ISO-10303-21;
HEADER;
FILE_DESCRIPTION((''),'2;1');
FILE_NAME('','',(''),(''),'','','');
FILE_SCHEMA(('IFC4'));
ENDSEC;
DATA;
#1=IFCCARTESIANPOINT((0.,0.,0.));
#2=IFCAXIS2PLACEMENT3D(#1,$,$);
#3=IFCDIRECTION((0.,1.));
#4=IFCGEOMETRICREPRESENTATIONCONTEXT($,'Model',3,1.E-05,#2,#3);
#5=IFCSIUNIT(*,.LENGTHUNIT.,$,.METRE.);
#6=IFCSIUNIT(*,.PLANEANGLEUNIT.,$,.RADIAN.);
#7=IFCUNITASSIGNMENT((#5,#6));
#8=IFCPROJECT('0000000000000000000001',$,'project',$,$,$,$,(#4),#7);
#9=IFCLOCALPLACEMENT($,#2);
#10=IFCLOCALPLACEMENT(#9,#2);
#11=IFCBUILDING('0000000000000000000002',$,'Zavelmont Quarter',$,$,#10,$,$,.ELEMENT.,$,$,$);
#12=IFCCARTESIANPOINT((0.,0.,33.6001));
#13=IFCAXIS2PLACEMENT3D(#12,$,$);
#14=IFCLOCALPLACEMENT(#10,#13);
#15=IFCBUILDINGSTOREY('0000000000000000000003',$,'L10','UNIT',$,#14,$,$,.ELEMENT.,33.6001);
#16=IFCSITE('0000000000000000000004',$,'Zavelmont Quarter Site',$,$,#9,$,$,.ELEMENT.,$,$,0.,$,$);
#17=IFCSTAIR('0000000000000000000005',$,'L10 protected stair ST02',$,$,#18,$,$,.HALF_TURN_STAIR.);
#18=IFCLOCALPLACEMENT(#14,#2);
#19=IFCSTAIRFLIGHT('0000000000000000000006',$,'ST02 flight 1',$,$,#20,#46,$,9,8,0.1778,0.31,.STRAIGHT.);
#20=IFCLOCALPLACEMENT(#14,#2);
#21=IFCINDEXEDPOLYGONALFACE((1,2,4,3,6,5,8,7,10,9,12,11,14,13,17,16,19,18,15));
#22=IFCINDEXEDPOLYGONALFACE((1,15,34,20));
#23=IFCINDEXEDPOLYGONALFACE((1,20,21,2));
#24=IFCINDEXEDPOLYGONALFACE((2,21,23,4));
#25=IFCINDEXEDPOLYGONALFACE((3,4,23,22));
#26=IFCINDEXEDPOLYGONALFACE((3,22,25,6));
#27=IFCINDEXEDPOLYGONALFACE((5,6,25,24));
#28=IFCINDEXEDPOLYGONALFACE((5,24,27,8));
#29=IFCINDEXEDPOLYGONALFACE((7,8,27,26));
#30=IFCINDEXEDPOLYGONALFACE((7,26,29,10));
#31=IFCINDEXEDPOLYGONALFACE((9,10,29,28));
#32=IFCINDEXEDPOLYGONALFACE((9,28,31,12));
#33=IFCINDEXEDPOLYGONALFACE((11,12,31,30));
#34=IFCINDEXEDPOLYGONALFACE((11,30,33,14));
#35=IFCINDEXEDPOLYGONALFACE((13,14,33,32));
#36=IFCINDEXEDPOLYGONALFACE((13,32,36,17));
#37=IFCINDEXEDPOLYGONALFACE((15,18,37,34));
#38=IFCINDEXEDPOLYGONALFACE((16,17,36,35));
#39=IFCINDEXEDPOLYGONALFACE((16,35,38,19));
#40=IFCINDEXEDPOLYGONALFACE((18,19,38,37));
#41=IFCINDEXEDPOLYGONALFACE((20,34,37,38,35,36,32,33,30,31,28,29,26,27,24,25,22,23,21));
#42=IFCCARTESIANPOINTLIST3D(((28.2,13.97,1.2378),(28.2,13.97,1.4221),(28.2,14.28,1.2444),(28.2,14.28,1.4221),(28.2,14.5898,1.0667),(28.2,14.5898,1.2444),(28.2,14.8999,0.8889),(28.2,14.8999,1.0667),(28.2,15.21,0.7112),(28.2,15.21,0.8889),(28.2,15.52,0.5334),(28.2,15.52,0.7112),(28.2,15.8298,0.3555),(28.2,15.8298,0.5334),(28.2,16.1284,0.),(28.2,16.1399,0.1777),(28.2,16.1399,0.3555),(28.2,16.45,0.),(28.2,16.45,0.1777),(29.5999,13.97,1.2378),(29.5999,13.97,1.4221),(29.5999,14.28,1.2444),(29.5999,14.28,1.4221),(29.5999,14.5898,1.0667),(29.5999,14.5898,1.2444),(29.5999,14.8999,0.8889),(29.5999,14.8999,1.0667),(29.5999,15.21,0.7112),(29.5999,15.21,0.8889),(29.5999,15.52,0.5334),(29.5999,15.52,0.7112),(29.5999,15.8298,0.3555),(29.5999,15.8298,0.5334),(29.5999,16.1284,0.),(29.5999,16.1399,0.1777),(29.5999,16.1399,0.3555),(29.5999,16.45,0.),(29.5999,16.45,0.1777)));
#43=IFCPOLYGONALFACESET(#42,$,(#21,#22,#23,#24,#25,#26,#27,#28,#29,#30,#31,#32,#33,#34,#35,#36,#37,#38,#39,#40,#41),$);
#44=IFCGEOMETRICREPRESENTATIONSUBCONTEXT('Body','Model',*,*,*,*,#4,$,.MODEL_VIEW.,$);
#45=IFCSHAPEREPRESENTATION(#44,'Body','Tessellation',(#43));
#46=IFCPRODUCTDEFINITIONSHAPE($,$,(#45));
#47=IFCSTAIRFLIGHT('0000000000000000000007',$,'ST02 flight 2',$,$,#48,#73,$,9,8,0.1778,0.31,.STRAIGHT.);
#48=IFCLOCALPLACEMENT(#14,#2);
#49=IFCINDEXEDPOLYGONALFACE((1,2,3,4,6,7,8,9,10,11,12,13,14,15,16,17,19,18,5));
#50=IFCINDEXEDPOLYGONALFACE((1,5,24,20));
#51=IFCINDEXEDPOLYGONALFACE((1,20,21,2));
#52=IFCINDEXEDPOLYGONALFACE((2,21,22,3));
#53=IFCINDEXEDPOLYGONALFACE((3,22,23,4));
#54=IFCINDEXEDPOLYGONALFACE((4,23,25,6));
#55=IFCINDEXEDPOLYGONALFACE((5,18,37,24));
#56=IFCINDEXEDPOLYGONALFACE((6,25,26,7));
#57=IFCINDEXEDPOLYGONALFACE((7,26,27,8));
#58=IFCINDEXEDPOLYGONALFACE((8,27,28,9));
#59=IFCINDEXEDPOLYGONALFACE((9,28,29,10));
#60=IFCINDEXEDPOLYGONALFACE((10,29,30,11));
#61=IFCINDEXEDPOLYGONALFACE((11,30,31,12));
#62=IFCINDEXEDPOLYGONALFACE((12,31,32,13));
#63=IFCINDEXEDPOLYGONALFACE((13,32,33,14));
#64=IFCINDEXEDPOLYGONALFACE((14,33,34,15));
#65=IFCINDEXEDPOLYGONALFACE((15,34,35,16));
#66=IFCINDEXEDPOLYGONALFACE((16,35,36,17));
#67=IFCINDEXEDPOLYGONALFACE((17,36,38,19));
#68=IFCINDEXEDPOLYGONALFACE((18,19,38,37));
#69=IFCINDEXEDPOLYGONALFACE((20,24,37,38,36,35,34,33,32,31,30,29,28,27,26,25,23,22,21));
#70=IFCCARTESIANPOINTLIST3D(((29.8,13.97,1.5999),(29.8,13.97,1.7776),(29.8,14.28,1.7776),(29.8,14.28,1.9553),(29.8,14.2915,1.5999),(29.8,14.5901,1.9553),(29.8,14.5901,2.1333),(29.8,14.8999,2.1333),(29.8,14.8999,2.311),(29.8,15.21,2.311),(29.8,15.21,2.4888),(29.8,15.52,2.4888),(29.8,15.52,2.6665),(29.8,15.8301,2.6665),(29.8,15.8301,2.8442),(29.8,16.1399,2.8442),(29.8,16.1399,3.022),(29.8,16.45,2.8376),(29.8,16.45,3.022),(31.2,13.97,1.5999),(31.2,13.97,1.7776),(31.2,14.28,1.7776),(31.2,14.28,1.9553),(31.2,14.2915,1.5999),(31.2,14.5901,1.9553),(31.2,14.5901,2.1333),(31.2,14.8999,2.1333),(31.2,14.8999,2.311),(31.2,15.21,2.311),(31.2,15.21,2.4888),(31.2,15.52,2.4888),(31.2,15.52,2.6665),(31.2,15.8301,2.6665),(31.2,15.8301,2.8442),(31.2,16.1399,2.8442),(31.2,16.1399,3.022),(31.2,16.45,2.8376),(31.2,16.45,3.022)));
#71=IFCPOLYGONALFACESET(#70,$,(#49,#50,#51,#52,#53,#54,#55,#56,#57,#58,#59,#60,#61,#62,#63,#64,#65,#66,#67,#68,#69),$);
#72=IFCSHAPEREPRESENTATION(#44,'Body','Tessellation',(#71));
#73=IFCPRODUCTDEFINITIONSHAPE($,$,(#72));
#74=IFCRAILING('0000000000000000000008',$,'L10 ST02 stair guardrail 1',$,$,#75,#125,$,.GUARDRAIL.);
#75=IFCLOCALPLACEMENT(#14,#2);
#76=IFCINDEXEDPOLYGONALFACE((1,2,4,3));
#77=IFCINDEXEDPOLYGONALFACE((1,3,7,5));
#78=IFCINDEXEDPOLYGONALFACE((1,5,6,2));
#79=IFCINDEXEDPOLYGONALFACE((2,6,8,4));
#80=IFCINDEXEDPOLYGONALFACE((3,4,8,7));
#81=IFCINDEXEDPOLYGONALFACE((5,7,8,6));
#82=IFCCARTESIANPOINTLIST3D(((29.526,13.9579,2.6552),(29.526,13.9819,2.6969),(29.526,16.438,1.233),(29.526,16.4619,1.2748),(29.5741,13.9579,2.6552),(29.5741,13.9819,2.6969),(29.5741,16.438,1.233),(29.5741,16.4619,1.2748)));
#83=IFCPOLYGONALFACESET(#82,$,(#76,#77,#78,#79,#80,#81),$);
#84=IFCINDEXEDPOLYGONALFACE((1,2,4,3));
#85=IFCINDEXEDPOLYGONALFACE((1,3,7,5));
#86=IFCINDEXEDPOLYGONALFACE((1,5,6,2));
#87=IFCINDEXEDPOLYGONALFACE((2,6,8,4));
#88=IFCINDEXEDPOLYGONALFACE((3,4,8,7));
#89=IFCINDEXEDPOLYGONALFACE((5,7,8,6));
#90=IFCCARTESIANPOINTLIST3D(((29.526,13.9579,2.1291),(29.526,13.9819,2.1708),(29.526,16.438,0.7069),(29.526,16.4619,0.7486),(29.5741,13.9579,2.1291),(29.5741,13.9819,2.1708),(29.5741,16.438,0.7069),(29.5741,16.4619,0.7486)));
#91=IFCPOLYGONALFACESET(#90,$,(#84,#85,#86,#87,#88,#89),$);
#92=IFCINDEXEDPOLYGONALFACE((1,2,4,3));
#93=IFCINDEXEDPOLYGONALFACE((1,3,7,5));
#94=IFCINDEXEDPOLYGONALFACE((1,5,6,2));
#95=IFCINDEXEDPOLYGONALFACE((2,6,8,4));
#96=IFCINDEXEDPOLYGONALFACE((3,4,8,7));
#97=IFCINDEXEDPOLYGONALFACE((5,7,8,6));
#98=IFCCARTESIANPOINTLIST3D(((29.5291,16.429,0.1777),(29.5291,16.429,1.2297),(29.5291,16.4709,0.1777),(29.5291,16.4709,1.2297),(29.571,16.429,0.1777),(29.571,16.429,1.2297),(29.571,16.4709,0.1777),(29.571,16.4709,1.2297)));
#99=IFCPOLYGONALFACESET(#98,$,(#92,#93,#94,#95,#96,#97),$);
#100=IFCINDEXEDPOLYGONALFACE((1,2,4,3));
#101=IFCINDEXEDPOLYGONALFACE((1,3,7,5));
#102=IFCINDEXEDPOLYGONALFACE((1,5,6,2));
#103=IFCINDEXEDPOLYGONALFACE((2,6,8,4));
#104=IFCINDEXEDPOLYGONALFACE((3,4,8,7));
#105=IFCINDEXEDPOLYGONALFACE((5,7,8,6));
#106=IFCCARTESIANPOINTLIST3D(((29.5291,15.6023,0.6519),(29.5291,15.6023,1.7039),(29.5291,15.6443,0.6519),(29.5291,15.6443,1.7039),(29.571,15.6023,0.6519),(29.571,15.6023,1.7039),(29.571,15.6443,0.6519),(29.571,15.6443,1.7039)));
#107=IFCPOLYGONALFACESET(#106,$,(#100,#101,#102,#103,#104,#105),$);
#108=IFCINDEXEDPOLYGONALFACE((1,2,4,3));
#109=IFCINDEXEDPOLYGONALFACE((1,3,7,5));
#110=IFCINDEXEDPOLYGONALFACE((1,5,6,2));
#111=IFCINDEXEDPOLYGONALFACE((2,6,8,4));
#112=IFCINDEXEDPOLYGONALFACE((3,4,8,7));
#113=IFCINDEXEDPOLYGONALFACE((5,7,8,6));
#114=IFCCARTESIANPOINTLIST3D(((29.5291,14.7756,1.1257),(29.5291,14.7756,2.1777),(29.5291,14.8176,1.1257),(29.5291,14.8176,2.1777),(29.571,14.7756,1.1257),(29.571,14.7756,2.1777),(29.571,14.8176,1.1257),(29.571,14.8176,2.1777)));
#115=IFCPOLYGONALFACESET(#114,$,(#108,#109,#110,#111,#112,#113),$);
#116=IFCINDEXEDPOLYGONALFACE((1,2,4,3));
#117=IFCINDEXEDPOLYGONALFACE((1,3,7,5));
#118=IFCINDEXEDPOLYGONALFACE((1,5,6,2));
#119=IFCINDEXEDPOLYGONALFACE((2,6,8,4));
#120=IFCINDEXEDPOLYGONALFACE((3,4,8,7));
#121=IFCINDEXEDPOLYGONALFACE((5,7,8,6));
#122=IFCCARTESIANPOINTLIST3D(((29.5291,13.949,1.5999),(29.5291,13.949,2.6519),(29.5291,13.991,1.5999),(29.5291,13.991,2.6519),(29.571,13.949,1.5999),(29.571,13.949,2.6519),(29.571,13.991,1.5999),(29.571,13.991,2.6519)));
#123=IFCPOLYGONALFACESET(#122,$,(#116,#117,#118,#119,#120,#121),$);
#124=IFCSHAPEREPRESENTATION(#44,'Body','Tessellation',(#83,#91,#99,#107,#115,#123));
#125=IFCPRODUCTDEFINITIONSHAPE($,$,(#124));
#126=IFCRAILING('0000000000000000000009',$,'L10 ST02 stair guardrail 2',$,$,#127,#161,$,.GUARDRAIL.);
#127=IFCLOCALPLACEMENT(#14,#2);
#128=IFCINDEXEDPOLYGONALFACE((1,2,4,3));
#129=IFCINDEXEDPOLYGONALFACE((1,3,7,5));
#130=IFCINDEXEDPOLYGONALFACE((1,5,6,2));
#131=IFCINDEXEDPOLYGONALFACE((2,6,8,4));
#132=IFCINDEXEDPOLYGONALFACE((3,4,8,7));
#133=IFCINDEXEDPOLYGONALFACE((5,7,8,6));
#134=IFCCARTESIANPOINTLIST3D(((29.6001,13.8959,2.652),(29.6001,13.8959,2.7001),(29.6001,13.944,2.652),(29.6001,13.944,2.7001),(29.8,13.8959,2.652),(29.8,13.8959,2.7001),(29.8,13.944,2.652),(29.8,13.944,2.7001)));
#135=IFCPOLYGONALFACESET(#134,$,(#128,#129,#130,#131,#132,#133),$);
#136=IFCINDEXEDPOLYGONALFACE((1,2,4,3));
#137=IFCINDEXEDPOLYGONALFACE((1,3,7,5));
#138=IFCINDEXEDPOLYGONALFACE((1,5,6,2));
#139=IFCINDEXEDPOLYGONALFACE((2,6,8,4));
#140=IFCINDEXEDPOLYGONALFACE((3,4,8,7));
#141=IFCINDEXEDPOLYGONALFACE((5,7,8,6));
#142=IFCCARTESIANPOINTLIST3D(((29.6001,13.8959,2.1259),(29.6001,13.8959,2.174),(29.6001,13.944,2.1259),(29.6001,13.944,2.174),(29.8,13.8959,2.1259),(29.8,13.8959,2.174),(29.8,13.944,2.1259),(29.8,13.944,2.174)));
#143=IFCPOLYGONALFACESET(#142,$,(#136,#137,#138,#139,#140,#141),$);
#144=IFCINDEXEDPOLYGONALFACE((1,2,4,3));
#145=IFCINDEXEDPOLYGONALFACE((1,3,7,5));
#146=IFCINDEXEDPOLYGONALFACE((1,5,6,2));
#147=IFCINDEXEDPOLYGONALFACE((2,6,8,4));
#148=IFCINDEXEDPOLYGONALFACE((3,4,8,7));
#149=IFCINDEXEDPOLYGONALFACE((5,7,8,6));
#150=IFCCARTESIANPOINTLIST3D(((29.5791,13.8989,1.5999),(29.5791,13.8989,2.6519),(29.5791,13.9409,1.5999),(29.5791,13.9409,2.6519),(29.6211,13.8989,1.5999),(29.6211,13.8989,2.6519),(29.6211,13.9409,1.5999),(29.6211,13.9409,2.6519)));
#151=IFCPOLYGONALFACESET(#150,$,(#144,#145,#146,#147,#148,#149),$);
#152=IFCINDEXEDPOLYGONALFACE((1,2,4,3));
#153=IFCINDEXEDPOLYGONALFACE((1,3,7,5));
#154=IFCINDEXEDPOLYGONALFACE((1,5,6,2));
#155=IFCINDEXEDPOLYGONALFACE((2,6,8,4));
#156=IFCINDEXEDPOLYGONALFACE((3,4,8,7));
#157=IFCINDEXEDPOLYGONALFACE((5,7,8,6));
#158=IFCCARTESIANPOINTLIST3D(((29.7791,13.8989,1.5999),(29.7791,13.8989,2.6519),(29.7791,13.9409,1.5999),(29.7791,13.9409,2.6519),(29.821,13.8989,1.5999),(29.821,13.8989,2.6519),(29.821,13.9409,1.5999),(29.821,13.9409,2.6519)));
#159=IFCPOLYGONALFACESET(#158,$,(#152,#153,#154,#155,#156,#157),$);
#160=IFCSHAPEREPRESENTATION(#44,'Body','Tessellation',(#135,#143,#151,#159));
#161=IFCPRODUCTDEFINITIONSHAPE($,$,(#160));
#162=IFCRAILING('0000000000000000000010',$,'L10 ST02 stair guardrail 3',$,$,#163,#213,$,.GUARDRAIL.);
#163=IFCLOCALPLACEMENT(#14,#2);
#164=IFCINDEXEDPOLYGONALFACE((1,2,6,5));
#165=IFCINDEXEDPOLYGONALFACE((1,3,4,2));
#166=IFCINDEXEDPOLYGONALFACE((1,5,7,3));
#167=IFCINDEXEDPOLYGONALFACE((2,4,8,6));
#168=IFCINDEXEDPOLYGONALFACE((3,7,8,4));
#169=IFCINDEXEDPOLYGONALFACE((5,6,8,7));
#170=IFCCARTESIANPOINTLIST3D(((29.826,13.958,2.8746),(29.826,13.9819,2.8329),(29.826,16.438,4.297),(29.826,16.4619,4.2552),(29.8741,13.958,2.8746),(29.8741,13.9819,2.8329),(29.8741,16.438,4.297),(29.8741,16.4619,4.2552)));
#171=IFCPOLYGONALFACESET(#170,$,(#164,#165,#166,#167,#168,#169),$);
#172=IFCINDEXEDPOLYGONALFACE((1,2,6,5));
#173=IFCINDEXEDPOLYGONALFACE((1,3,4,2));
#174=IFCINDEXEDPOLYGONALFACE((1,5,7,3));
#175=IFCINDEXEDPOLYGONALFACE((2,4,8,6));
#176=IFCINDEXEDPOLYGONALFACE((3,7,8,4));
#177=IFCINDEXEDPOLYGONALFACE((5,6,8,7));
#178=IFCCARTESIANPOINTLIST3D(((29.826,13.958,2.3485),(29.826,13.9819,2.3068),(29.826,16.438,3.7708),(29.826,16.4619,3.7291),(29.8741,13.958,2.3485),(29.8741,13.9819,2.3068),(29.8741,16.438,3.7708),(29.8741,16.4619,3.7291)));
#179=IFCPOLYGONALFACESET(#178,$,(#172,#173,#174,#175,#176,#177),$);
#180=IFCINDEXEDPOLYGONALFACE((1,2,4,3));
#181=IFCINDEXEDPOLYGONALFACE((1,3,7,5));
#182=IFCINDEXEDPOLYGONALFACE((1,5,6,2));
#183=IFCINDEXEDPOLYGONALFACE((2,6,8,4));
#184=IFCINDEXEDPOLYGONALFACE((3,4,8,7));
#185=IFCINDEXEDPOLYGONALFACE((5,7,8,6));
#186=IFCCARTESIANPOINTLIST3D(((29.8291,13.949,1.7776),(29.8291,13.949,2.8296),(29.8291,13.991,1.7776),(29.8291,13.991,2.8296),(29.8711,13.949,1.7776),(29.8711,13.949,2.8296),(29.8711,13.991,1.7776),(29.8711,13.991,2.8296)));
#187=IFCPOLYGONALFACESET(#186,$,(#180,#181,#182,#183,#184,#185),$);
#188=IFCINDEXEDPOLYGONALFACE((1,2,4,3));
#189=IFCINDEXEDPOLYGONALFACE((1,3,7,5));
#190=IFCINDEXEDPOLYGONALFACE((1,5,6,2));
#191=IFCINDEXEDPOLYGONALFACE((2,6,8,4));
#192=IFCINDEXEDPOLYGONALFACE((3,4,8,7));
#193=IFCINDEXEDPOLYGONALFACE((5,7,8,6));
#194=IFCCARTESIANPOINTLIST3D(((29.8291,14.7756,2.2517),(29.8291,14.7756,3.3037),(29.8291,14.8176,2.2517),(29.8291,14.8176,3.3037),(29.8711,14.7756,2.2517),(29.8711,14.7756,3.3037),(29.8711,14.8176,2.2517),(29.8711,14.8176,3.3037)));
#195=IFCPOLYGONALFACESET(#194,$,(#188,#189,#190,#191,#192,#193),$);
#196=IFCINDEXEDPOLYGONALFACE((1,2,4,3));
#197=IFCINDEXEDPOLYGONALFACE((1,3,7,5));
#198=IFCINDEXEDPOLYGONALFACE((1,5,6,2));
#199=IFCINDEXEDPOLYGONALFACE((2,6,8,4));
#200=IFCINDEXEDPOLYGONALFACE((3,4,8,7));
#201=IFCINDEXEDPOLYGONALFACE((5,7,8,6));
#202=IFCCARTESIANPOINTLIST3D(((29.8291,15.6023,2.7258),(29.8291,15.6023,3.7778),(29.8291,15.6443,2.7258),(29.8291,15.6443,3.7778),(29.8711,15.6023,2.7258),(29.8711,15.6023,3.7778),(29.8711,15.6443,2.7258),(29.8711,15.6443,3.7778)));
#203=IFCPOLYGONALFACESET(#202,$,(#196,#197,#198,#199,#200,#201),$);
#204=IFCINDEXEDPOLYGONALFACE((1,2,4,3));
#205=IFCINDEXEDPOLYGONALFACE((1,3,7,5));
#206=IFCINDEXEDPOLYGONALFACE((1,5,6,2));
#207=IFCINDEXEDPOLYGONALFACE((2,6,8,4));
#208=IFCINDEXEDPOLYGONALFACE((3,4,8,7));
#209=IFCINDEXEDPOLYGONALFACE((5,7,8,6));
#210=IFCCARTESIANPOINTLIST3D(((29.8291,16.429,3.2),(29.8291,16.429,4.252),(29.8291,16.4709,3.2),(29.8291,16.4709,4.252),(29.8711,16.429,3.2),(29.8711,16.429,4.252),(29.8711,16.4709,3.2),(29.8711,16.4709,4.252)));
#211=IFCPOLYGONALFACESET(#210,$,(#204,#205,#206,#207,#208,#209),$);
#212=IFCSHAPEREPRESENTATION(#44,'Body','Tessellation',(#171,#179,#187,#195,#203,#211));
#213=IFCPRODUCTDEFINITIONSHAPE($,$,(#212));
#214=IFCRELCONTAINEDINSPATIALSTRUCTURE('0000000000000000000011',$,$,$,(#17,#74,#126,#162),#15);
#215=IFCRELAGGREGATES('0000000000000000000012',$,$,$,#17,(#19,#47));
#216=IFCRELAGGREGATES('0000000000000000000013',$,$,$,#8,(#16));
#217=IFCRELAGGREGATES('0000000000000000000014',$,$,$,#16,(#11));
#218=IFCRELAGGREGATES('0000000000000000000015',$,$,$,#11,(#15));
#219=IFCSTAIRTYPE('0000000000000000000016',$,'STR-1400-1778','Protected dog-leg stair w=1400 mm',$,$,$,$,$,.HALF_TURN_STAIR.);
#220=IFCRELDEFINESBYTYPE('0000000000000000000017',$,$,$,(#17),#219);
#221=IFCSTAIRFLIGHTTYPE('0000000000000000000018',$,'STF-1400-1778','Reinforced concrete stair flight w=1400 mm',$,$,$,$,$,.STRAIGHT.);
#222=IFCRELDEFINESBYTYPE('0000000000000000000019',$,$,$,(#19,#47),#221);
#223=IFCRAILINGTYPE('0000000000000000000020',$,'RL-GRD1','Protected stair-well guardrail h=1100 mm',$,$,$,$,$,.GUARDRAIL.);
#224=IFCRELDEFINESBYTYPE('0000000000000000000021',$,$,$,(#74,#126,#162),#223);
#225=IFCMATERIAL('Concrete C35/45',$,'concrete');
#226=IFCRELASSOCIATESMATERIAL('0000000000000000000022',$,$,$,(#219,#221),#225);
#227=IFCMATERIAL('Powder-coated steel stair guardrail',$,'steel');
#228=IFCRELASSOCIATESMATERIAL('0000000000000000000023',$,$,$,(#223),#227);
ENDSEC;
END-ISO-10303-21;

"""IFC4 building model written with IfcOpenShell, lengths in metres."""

from ifc_helpers import new_model, si_unit, direction, frame, origin, origin_2d, place, context, subcontext, project, spatial, polyline, rectangle, outline, extrude, material, type_object, element, aggregate, save


model = new_model("IFC4")

# Units and contexts
model_context = context("Model", 3, precision=1e-05, world=origin(), true_north=direction((0.0, 1.0)))
body_context = subcontext(model_context, "Body", "Model", "MODEL_VIEW")
ifc_project = project(units=[si_unit("LENGTHUNIT", "METRE"), si_unit("PLANEANGLEUNIT", "RADIAN")], contexts=[model_context])

# Site, building, storey
site_placement = place(None, origin())
site = spatial("IfcSite", under=ifc_project, at=site_placement, Name="Zavelmont Quarter Site", CompositionType="ELEMENT", RefElevation=0.0)
building_placement = place(site_placement, origin())
building = spatial("IfcBuilding", under=site, at=building_placement, Name="Zavelmont Quarter", CompositionType="ELEMENT")
storey_placement = place(building_placement, frame((0.0, 0.0, 33.6001)))
storey = spatial("IfcBuildingStorey", under=building, at=storey_placement, Name="L10", Description="UNIT", CompositionType="ELEMENT", Elevation=33.6001)

# Stair, stair flights
ifc_material_1 = material(Name="Concrete C35/45", Category="concrete")
stair_type = type_object("IfcStairType", Name="STR-1400-1778", Description="Protected dog-leg stair w=1400 mm", PredefinedType="HALF_TURN_STAIR", material=ifc_material_1)
stair_placement = place(storey_placement, origin())
stair = element("IfcStair", 1, at=stair_placement, inside=storey, type_object=stair_type, Name="L10 protected stair ST02", PredefinedType="HALF_TURN_STAIR")
stair_flight_type = type_object("IfcStairFlightType", Name="STF-1400-1778", Description="Reinforced concrete stair flight w=1400 mm", PredefinedType="STRAIGHT", material=ifc_material_1)
stair_flight_1_placement = place(storey_placement, frame((28.8999, 16.45, 0.0), z_axis=(0.0, 0.0, 1.0), x_axis=(0.0, -1.0, 0.0)))
stair_flight_1 = element("IfcStairFlight", 2, at=stair_flight_1_placement, type_object=stair_flight_type, Name="ST02 flight 1", NumberOfRisers=9, NumberOfTreads=8, PredefinedType="STRAIGHT", RiserHeight=0.1778, TreadLength=0.31, context=body_context, shape_type="SweptSolid", body=[
    extrude(outline(polyline([(0.0, 0.0), (0.0, 0.1777), (0.3101, 0.1777), (0.3101, 0.3555), (0.6201, 0.3555), (0.6201, 0.5334), (0.9299, 0.5334), (0.9299, 0.7112), (1.24, 0.7112), (1.24, 0.8889), (1.55, 0.8889), (1.55, 1.0667), (1.8601, 1.0667), (1.8601, 1.2444), (2.1699, 1.2444), (2.1699, 1.4221), (2.48, 1.4221), (2.48, 1.6001), (2.48, 1.2378), (0.3215, 0.0), (0.0, 0.0)])), frame((0.0, 0.7, 0.0), z_axis=(0.0, -1.0, 0.0), x_axis=(1.0, 0.0, 0.0)), (0.0, 0.0, 1.0), 1.3999),
])
stair_flight_2_placement = place(storey_placement, frame((30.5, 13.97, 1.5999), z_axis=(0.0, 0.0, 1.0), x_axis=(0.0, 1.0, 0.0)))
stair_flight_2 = element("IfcStairFlight", 3, at=stair_flight_2_placement, type_object=stair_flight_type, Name="ST02 flight 2", NumberOfRisers=9, NumberOfTreads=8, PredefinedType="STRAIGHT", RiserHeight=0.1778, TreadLength=0.31, context=body_context, shape_type="SweptSolid", body=[
    extrude(outline(polyline([(0.0, 0.0), (0.0, 0.1777), (0.3101, 0.1777), (0.3101, 0.3555), (0.6201, 0.3555), (0.6201, 0.5334), (0.9299, 0.5334), (0.9299, 0.7112), (1.24, 0.7112), (1.24, 0.8889), (1.55, 0.8889), (1.55, 1.0667), (1.8601, 1.0667), (1.8601, 1.2444), (2.1699, 1.2444), (2.1699, 1.4221), (2.48, 1.4221), (2.48, 1.6001), (2.48, 1.2378), (0.3215, 0.0), (0.0, 0.0)])), frame((0.0, 0.7, 0.0), z_axis=(0.0, -1.0, 0.0), x_axis=(1.0, 0.0, 0.0)), (0.0, 0.0, 1.0), 1.3999),
])
aggregate(stair, [stair_flight_1, stair_flight_2])

# Railings
ifc_material_2 = material(Name="Powder-coated steel stair guardrail", Category="steel")
railing_type_1 = type_object("IfcRailingType", Name="RL-GRD1", Description="Protected stair-well guardrail h=1100 mm", PredefinedType="GUARDRAIL", material=ifc_material_2)
railing_1_placement = place(storey_placement, frame((29.55, 16.45, 0.1777)))
element("IfcRailing", 4, at=railing_1_placement, inside=storey, type_object=railing_type_1, Name="L10 ST02 stair guardrail 1", PredefinedType="GUARDRAIL", context=body_context, shape_type="SweptSolid", body=[
    extrude(rectangle(XDim=0.0481, YDim=0.0481, at=origin_2d()), frame((0.0, 0.0, 1.0762), z_axis=(0.0, -0.867491, 0.497454), x_axis=(1.0, 0.0, 0.0)), (0.0, 0.0, 1.0), 2.8589),
    extrude(rectangle(XDim=0.0481, YDim=0.0481, at=origin_2d()), frame((0.0, 0.0, 0.55), z_axis=(0.0, -0.867491, 0.497454), x_axis=(1.0, 0.0, 0.0)), (0.0, 0.0, 1.0), 2.8589),
    extrude(rectangle(XDim=0.042, YDim=0.042, at=origin_2d()), origin(), (0.0, 0.0, 1.0), 1.052),
    extrude(rectangle(XDim=0.042, YDim=0.042, at=origin_2d()), frame((0.0, -0.8267, 0.4741)), (0.0, 0.0, 1.0), 1.052),
    extrude(rectangle(XDim=0.042, YDim=0.042, at=origin_2d()), frame((0.0, -1.6533, 0.948)), (0.0, 0.0, 1.0), 1.052),
    extrude(rectangle(XDim=0.042, YDim=0.042, at=origin_2d()), frame((0.0, -2.48, 1.4221)), (0.0, 0.0, 1.0), 1.052),
])
railing_2_placement = place(storey_placement, frame((29.6001, 13.9199, 1.5999)))
element("IfcRailing", 5, at=railing_2_placement, inside=storey, type_object=railing_type_1, Name="L10 ST02 stair guardrail 2", PredefinedType="GUARDRAIL", context=body_context, shape_type="SweptSolid", body=[
    extrude(rectangle(XDim=0.0481, YDim=0.0481, at=origin_2d()), frame((0.0, 0.0, 1.0762), z_axis=(1.0, 0.0, 0.0), x_axis=(0.0, 1.0, 0.0)), (0.0, 0.0, 1.0), 0.2),
    extrude(rectangle(XDim=0.0481, YDim=0.0481, at=origin_2d()), frame((0.0, 0.0, 0.55), z_axis=(1.0, 0.0, 0.0), x_axis=(0.0, 1.0, 0.0)), (0.0, 0.0, 1.0), 0.2),
    extrude(rectangle(XDim=0.042, YDim=0.042, at=origin_2d()), origin(), (0.0, 0.0, 1.0), 1.052),
    extrude(rectangle(XDim=0.042, YDim=0.042, at=origin_2d()), frame((0.2, 0.0, 0.0)), (0.0, 0.0, 1.0), 1.052),
])
railing_3_placement = place(storey_placement, frame((29.8501, 13.97, 1.7776)))
element("IfcRailing", 6, at=railing_3_placement, inside=storey, type_object=railing_type_1, Name="L10 ST02 stair guardrail 3", PredefinedType="GUARDRAIL", context=body_context, shape_type="SweptSolid", body=[
    extrude(rectangle(XDim=0.0481, YDim=0.0481, at=origin_2d()), frame((0.0, 0.0, 1.0762), z_axis=(0.0, 0.867454, 0.497518), x_axis=(-1.0, 0.0, 0.0)), (0.0, 0.0, 1.0), 2.8589),
    extrude(rectangle(XDim=0.0481, YDim=0.0481, at=origin_2d()), frame((0.0, 0.0, 0.55), z_axis=(0.0, 0.867454, 0.497518), x_axis=(-1.0, 0.0, 0.0)), (0.0, 0.0, 1.0), 2.8589),
    extrude(rectangle(XDim=0.042, YDim=0.042, at=origin_2d()), origin(), (0.0, 0.0, 1.0), 1.052),
    extrude(rectangle(XDim=0.042, YDim=0.042, at=origin_2d()), frame((0.0, 0.8267, 0.4741)), (0.0, 0.0, 1.0), 1.052),
    extrude(rectangle(XDim=0.042, YDim=0.042, at=origin_2d()), frame((0.0, 1.6533, 0.9482)), (0.0, 0.0, 1.0), 1.052),
    extrude(rectangle(XDim=0.042, YDim=0.042, at=origin_2d()), frame((0.0, 2.48, 1.4224)), (0.0, 0.0, 1.0), 1.052),
])

save(model, "model.ifc")
